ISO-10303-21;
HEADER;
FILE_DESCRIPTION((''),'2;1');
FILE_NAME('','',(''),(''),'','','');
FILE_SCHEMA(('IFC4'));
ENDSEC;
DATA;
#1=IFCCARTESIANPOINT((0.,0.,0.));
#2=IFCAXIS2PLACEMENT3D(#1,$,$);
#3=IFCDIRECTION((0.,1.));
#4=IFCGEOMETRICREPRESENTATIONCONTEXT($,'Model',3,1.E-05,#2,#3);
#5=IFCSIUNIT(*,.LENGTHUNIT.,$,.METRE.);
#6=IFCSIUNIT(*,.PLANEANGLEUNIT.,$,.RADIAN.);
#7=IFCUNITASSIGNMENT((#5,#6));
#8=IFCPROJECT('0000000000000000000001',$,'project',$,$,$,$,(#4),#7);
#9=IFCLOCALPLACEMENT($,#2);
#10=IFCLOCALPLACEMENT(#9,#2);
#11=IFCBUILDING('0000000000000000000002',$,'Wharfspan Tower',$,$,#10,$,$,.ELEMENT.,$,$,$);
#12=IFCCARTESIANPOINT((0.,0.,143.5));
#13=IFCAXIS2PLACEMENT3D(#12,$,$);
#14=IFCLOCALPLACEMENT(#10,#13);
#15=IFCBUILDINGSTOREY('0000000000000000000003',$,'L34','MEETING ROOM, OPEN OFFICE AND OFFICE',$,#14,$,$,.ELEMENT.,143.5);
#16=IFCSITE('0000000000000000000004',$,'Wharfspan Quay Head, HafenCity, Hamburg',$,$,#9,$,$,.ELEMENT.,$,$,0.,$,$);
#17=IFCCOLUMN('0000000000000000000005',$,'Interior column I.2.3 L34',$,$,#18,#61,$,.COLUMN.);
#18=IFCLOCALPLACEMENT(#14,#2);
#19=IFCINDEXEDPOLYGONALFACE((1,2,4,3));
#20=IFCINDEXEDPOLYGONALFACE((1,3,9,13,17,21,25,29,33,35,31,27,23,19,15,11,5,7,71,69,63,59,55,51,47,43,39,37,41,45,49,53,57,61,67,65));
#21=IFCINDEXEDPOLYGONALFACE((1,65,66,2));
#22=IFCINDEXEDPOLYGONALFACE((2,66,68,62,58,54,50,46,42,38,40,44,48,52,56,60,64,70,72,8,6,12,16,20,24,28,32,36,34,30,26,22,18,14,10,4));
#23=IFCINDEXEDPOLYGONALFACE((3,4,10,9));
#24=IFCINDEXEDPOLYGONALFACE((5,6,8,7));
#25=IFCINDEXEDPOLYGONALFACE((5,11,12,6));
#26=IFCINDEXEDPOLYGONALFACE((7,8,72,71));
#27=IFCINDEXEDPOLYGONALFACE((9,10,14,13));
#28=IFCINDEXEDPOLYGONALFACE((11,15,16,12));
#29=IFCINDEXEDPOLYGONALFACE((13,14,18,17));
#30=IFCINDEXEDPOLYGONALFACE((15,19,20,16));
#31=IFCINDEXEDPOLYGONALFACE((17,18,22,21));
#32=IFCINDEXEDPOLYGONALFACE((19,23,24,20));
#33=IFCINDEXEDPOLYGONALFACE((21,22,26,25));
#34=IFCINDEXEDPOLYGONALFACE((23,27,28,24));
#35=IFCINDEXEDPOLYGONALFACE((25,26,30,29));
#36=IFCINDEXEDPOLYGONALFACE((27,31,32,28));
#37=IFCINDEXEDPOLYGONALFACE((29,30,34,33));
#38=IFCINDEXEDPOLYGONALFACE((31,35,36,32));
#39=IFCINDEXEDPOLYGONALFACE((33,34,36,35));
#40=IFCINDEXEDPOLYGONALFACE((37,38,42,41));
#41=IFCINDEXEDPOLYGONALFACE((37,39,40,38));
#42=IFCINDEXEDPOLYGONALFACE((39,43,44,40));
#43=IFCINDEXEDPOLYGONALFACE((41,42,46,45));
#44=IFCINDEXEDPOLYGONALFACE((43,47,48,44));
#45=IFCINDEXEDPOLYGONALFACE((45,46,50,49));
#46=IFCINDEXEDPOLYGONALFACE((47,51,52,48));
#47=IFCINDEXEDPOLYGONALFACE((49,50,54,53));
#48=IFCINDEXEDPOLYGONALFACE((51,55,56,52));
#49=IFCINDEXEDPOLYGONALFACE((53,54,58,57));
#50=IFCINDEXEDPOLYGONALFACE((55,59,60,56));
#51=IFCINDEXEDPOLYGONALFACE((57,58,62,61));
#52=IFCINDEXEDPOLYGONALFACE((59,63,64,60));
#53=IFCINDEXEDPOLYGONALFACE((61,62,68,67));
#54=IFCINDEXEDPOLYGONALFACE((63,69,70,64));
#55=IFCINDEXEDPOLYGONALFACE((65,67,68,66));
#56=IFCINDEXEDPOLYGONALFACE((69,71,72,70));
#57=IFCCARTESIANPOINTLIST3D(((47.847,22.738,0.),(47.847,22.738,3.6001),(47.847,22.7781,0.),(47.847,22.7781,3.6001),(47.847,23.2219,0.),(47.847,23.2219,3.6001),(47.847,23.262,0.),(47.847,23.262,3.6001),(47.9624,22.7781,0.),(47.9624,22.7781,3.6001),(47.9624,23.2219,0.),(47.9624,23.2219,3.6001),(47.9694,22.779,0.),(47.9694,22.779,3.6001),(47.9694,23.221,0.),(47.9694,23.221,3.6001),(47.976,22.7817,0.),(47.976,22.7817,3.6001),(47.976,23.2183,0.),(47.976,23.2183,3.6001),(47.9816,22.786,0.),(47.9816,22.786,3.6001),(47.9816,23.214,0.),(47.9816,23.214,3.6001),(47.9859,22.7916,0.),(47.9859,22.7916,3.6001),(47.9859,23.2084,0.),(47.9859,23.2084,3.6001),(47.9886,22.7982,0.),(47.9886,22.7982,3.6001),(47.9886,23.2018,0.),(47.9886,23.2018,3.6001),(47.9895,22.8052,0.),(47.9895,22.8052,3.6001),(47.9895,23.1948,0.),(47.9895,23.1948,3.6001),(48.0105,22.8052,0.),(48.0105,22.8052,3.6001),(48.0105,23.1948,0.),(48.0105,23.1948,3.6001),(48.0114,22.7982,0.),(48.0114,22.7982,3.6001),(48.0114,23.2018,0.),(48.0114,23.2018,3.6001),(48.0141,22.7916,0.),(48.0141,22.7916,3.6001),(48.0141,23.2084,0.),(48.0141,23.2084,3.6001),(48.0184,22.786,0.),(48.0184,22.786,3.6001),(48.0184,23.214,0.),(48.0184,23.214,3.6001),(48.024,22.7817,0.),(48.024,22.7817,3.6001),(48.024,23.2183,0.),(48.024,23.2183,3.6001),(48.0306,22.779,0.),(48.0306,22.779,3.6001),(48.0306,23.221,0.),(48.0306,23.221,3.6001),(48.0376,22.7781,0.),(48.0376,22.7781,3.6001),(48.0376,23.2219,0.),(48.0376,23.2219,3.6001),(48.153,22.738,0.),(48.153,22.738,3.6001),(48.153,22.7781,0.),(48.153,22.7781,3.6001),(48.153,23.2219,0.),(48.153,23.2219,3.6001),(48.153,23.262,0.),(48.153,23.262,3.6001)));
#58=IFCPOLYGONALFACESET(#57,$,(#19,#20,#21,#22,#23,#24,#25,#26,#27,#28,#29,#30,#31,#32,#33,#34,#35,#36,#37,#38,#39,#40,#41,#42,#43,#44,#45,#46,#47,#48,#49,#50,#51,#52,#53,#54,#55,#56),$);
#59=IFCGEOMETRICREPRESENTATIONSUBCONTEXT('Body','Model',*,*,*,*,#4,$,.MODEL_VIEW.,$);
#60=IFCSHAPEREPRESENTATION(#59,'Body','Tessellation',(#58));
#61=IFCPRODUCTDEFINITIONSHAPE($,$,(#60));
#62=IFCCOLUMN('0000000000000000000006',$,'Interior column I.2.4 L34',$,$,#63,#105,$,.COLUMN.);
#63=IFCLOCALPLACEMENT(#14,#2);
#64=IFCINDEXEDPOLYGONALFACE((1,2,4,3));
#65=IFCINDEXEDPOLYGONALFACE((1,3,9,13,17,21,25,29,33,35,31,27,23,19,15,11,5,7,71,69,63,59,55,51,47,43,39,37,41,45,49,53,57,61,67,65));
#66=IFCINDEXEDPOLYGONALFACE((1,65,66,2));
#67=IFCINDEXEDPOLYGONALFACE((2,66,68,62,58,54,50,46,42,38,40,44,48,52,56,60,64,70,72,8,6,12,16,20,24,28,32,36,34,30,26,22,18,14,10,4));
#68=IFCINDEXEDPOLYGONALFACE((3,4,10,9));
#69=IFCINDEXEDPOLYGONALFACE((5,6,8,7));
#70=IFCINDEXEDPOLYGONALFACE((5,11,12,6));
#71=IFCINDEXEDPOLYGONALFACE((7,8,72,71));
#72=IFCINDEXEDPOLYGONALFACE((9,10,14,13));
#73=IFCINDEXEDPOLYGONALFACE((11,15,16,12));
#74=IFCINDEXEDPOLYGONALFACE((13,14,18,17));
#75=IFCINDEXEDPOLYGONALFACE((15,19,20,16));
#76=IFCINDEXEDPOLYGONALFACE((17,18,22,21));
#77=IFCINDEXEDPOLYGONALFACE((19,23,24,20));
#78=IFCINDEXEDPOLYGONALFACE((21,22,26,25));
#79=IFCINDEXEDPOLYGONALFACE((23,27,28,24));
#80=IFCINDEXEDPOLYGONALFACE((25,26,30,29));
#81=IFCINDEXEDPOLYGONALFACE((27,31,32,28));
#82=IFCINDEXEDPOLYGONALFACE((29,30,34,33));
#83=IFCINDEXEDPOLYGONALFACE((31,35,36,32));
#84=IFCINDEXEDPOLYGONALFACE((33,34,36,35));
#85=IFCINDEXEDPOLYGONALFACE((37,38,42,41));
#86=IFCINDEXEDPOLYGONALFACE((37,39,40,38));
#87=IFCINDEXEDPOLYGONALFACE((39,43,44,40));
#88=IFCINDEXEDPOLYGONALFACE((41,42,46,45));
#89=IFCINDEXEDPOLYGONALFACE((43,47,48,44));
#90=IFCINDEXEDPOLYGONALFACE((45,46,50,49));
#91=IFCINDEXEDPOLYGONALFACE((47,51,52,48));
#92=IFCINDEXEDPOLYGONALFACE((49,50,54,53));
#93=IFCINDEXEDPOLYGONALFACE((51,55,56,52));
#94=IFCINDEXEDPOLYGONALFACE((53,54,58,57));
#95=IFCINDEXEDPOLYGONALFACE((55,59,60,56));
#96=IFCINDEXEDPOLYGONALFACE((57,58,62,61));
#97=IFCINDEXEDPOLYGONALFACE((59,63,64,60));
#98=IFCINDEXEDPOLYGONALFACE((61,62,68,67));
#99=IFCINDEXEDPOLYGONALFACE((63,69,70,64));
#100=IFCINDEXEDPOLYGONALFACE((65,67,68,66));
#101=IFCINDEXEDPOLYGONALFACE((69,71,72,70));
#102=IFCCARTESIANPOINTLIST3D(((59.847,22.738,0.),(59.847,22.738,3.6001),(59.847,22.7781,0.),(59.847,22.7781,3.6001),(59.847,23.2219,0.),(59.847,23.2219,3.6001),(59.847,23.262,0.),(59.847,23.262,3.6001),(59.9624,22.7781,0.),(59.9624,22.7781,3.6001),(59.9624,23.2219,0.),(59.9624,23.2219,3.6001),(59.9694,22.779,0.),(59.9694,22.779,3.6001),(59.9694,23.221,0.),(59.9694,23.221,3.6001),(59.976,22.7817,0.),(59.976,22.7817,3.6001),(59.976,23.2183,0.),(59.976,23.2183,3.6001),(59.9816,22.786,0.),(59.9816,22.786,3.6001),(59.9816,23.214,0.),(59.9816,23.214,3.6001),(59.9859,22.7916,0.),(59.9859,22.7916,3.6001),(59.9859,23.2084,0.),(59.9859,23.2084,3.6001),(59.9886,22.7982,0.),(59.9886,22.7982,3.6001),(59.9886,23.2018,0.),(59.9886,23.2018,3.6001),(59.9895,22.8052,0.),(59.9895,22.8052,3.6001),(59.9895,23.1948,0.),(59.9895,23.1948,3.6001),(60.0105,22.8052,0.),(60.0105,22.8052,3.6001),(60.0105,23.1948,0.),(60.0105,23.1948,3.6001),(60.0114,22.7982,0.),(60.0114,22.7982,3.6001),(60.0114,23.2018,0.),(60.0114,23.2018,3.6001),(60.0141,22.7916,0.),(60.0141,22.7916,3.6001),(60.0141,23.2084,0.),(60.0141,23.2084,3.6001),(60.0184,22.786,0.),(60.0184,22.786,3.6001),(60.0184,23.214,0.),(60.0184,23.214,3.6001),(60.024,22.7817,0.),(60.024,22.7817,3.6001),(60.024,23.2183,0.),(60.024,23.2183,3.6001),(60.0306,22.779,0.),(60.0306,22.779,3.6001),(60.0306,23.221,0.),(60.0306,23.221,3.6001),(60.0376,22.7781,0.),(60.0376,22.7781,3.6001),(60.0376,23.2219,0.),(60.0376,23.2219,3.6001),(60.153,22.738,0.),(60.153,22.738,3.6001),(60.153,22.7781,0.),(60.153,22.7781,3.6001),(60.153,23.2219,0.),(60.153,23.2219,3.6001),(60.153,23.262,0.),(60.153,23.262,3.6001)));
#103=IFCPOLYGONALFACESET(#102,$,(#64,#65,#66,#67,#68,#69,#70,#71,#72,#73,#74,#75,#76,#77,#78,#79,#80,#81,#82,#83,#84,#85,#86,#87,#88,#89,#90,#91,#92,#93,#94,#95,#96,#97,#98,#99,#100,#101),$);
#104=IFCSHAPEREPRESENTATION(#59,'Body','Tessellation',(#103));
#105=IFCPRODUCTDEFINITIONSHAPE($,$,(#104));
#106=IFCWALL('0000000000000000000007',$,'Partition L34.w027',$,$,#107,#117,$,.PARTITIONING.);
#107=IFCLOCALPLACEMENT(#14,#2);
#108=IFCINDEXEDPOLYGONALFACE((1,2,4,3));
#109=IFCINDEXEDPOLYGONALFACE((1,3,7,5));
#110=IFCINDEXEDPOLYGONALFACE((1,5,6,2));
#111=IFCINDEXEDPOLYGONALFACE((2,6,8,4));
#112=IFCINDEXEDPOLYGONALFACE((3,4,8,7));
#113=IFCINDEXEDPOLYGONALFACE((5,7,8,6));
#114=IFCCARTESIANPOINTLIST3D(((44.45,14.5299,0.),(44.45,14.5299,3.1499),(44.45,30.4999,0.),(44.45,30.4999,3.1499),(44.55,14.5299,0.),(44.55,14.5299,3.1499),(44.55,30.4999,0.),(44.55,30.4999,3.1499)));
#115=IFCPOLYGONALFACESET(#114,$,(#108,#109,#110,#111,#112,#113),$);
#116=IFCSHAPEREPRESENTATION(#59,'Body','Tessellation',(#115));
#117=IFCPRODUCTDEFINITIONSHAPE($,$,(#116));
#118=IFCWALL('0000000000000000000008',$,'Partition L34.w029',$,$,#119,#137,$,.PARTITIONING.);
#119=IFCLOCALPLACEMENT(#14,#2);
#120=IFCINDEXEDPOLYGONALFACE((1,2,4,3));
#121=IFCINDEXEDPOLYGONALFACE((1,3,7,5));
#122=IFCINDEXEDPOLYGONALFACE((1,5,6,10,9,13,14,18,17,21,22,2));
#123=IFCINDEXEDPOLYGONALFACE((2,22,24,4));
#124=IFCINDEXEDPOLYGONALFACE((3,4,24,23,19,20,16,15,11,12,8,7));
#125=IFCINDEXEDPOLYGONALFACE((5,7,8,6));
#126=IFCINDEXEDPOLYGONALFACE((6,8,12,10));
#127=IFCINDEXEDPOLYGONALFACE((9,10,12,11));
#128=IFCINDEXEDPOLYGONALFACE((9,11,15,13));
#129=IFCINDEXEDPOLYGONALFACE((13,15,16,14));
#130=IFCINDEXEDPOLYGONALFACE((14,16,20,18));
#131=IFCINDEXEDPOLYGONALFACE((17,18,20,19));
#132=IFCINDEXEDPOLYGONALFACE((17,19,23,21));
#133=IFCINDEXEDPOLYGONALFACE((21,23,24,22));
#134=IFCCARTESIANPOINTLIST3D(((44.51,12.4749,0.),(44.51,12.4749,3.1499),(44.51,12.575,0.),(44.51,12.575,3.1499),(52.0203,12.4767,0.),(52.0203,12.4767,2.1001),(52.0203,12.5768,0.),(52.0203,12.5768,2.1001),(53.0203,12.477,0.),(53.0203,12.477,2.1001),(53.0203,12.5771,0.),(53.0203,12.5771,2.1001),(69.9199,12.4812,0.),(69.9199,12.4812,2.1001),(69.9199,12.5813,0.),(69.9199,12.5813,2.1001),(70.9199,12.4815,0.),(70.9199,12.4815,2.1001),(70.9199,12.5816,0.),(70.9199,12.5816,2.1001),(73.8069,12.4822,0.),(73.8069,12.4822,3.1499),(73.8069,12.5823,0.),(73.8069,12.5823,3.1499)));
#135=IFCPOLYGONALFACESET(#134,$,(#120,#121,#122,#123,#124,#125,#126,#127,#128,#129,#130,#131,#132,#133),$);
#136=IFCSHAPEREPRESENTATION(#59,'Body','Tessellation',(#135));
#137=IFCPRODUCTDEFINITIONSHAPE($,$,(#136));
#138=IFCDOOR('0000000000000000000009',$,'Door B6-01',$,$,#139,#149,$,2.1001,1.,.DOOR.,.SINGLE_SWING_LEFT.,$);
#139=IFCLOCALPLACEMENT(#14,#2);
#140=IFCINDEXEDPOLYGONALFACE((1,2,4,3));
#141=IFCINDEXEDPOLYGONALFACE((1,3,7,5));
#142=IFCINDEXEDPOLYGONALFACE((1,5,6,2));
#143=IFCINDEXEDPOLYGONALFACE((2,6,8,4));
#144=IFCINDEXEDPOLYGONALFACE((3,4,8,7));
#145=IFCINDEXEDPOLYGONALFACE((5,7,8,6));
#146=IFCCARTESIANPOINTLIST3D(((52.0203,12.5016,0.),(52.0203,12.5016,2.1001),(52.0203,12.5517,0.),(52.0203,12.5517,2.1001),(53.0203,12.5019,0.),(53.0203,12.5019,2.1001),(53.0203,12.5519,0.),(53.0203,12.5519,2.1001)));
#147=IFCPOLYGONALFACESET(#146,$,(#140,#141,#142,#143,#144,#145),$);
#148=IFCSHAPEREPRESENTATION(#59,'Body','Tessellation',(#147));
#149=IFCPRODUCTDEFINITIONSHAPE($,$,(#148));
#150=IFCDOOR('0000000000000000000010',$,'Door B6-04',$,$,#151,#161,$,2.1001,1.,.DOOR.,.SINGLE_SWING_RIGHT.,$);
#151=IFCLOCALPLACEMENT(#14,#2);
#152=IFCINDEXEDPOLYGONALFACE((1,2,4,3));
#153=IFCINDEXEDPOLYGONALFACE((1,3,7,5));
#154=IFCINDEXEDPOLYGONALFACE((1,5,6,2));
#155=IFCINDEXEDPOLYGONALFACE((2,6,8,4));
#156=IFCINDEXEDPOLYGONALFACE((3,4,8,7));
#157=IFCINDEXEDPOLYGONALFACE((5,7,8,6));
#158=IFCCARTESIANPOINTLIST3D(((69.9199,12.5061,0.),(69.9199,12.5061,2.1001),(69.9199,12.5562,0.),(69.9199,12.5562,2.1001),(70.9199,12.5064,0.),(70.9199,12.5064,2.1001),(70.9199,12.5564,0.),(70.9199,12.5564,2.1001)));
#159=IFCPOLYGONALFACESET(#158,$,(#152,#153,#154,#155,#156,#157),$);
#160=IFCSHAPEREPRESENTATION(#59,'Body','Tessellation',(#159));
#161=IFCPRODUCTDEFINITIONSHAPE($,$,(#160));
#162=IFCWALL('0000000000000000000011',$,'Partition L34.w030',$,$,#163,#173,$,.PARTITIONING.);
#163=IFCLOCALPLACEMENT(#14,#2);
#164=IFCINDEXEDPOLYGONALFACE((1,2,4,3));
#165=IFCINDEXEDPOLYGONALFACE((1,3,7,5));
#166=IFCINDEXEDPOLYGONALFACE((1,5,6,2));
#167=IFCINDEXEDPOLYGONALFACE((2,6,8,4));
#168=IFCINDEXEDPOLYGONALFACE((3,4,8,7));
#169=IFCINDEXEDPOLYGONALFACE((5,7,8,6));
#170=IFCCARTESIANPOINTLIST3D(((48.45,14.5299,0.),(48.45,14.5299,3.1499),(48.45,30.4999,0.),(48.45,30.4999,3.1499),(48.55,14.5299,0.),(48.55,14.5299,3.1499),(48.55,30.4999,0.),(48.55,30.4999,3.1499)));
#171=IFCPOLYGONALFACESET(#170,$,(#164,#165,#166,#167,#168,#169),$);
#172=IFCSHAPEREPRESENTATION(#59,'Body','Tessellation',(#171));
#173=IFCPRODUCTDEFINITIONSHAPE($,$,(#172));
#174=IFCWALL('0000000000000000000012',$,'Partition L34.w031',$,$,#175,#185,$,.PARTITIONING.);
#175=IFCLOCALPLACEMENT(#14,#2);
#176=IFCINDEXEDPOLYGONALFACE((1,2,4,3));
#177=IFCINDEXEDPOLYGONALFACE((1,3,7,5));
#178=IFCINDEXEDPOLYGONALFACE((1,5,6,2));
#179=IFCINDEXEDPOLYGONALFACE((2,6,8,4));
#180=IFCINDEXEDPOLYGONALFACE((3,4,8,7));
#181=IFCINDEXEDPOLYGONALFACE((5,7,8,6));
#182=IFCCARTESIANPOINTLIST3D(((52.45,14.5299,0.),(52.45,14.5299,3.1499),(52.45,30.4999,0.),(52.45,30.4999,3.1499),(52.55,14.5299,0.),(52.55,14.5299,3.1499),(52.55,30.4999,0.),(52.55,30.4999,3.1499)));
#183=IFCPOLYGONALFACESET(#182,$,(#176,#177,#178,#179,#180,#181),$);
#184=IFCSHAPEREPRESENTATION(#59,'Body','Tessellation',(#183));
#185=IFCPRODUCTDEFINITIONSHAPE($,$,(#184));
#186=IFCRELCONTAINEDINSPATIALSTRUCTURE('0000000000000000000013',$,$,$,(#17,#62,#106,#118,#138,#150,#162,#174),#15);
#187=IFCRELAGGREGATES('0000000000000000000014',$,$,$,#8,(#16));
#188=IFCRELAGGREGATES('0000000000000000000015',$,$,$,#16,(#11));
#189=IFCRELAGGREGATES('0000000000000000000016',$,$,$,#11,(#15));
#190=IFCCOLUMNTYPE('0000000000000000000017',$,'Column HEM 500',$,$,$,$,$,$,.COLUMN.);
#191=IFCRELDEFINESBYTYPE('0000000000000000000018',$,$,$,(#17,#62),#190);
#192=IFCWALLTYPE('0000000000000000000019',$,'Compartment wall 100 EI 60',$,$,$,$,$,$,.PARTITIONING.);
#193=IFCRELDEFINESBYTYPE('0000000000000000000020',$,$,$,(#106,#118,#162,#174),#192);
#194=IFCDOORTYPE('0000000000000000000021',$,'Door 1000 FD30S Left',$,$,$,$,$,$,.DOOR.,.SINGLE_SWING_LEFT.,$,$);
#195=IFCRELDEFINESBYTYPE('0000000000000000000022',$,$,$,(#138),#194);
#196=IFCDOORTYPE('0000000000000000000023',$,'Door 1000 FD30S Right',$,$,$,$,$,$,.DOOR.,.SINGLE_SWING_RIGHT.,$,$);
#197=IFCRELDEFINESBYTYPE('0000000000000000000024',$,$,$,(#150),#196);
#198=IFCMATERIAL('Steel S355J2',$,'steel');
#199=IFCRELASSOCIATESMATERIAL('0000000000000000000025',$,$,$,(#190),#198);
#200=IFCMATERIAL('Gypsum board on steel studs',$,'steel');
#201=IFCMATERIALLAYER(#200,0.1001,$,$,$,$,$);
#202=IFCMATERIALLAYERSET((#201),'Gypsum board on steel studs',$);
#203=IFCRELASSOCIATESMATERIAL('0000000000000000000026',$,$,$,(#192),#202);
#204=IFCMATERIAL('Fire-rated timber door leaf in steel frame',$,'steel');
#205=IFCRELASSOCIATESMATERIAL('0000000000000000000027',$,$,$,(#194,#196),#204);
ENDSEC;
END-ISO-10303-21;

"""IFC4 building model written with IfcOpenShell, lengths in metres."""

from ifc_helpers import new_model, si_unit, direction, frame, frame_2d, origin, origin_2d, place, context, subcontext, project, spatial, rectangle, i_section, extrude, material, layer, layer_set, material_profile, profile_set, type_object, element, fill, save


model = new_model("IFC4")

# Units and contexts
model_context = context("Model", 3, precision=1e-05, world=origin(), true_north=direction((0.0, 1.0)))
body_context = subcontext(model_context, "Body", "Model", "MODEL_VIEW")
ifc_project = project(units=[si_unit("LENGTHUNIT", "METRE"), si_unit("PLANEANGLEUNIT", "RADIAN")], contexts=[model_context])

# Site, building, storey
site_placement = place(None, origin())
site = spatial("IfcSite", under=ifc_project, at=site_placement, Name="Wharfspan Quay Head, HafenCity, Hamburg", CompositionType="ELEMENT", RefElevation=0.0)
building_placement = place(site_placement, origin())
building = spatial("IfcBuilding", under=site, at=building_placement, Name="Wharfspan Tower", CompositionType="ELEMENT")
storey_placement = place(building_placement, frame((0.0, 0.0, 143.5)))
storey = spatial("IfcBuildingStorey", under=building, at=storey_placement, Name="L34", Description="MEETING ROOM, OPEN OFFICE AND OFFICE", CompositionType="ELEMENT", Elevation=143.5)

# Columns
ifc_material_1 = material(Name="Steel S355J2", Category="steel")
ifc_material_profile = material_profile(ifc_material_1, i_section(OverallWidth=0.3059, OverallDepth=0.5239, WebThickness=0.021, FlangeThickness=0.04, FilletRadius=0.0271, at=origin_2d()))
ifc_profile_set = profile_set([ifc_material_profile], Name="Steel S355J2")
column_type = type_object("IfcColumnType", Name="Column HEM 500", PredefinedType="COLUMN", material=ifc_profile_set)
for number, where, z_axis, x_axis, name in (
    (1, (48.0, 23.0, 0.0), (0.0, 0.0, 1.0), (1.0, 0.0, 0.0), "Interior column I.2.3 L34"),
    (2, (60.0, 23.0, 0.0), (0.0, 0.0, 1.0), (1.0, 0.0, 0.0), "Interior column I.2.4 L34"),
):
    element("IfcColumn", number, at=place(storey_placement, frame(where, z_axis=z_axis, x_axis=x_axis)), inside=storey, type_object=column_type, Name=name, PredefinedType="COLUMN", context=body_context, shape_type="SweptSolid", body=[
        extrude(i_section(OverallWidth=0.3059, OverallDepth=0.5239, WebThickness=0.021, FlangeThickness=0.04, FilletRadius=0.0271, at=origin_2d()), origin(), (0.0, 0.0, 1.0), 3.6001),
    ])

# Wall
ifc_material_2 = material(Name="Gypsum board on steel studs", Category="steel")
ifc_layer = layer(ifc_material_2, 0.1001)
ifc_layer_set = layer_set([ifc_layer], Name="Gypsum board on steel studs")
wall_type = type_object("IfcWallType", Name="Compartment wall 100 EI 60", PredefinedType="PARTITIONING", material=ifc_layer_set)
wall_1_placement = place(storey_placement, frame((44.5, 14.53, 0.0), z_axis=(0.0, 0.0, 1.0), x_axis=(0.0, 1.0, 0.0)))
element("IfcWall", 3, at=wall_1_placement, inside=storey, type_object=wall_type, Name="Partition L34.w027", PredefinedType="PARTITIONING", context=body_context, shape_type="SweptSolid", body=[
    extrude(rectangle(XDim=15.97, YDim=0.1001, at=frame_2d((7.9849, 0.0))), origin(), (0.0, 0.0, 1.0), 3.1499),
])

# Wall, openings, doors
wall_2_placement = place(storey_placement, frame((44.51, 12.5249, 0.0), z_axis=(0.0, 0.0, 1.0), x_axis=(1.0, 0.00025, 0.0)))
wall_2 = element("IfcWall", 4, at=wall_2_placement, inside=storey, type_object=wall_type, Name="Partition L34.w029", PredefinedType="PARTITIONING", context=body_context, shape_type="SweptSolid", body=[
    extrude(rectangle(XDim=29.2969, YDim=0.1001, at=frame_2d((14.6484, 0.0))), origin(), (0.0, 0.0, 1.0), 3.1499),
])
opening_1_placement = place(wall_2_placement, frame((7.5103, 0.0, 0.0)))
opening_1 = element("IfcOpeningElement", 5, at=opening_1_placement, cuts=wall_2, PredefinedType="OPENING", context=body_context, shape_type="SweptSolid", body=[
    extrude(rectangle(XDim=1.0, YDim=2.1001, at=frame_2d((0.5, 1.05))), frame((0.0, 0.0601, 0.0), z_axis=(0.0, -1.0, 0.0), x_axis=(1.0, 0.0, 0.0)), (0.0, 0.0, 1.0), 0.1201),
])
opening_2_placement = place(wall_2_placement, frame((25.4099, 0.0, 0.0)))
opening_2 = element("IfcOpeningElement", 6, at=opening_2_placement, cuts=wall_2, PredefinedType="OPENING", context=body_context, shape_type="SweptSolid", body=[
    extrude(rectangle(XDim=1.0, YDim=2.1001, at=frame_2d((0.5, 1.05))), frame((0.0, 0.0601, 0.0), z_axis=(0.0, -1.0, 0.0), x_axis=(1.0, 0.0, 0.0)), (0.0, 0.0, 1.0), 0.1201),
])
ifc_material_3 = material(Name="Fire-rated timber door leaf in steel frame", Category="steel")
door_type_1 = type_object("IfcDoorType", Name="Door 1000 FD30S Left", OperationType="SINGLE_SWING_LEFT", PredefinedType="DOOR", material=ifc_material_3)
door_1_placement = place(opening_1_placement, origin())
door_1 = element("IfcDoor", 7, at=door_1_placement, inside=storey, type_object=door_type_1, Name="Door B6-01", OperationType="SINGLE_SWING_LEFT", OverallHeight=2.1001, OverallWidth=1.0, PredefinedType="DOOR", context=body_context, shape_type="SweptSolid", body=[
    extrude(rectangle(XDim=1.0, YDim=2.1001, at=frame_2d((0.5, 1.05))), frame((0.0, 0.0249, 0.0), z_axis=(0.0, -1.0, 0.0), x_axis=(1.0, 0.0, 0.0)), (0.0, 0.0, 1.0), 0.05),
])
fill(opening_1, door_1)
door_type_2 = type_object("IfcDoorType", Name="Door 1000 FD30S Right", OperationType="SINGLE_SWING_RIGHT", PredefinedType="DOOR", material=ifc_material_3)
door_2_placement = place(opening_2_placement, origin())
door_2 = element("IfcDoor", 8, at=door_2_placement, inside=storey, type_object=door_type_2, Name="Door B6-04", OperationType="SINGLE_SWING_RIGHT", OverallHeight=2.1001, OverallWidth=1.0, PredefinedType="DOOR", context=body_context, shape_type="SweptSolid", body=[
    extrude(rectangle(XDim=1.0, YDim=2.1001, at=frame_2d((0.5, 1.05))), frame((0.0, 0.0249, 0.0), z_axis=(0.0, -1.0, 0.0), x_axis=(1.0, 0.0, 0.0)), (0.0, 0.0, 1.0), 0.05),
])
fill(opening_2, door_2)

# Walls
for number, where, z_axis, x_axis, name in (
    (9, (48.5, 14.53, 0.0), (0.0, 0.0, 1.0), (0.0, 1.0, 0.0), "Partition L34.w030"),
    (10, (52.5, 14.53, 0.0), (0.0, 0.0, 1.0), (0.0, 1.0, 0.0), "Partition L34.w031"),
):
    element("IfcWall", number, at=place(storey_placement, frame(where, z_axis=z_axis, x_axis=x_axis)), inside=storey, type_object=wall_type, Name=name, PredefinedType="PARTITIONING", context=body_context, shape_type="SweptSolid", body=[
        extrude(rectangle(XDim=15.97, YDim=0.1001, at=frame_2d((7.9849, 0.0))), origin(), (0.0, 0.0, 1.0), 3.1499),
    ])

save(model, "model.ifc")
